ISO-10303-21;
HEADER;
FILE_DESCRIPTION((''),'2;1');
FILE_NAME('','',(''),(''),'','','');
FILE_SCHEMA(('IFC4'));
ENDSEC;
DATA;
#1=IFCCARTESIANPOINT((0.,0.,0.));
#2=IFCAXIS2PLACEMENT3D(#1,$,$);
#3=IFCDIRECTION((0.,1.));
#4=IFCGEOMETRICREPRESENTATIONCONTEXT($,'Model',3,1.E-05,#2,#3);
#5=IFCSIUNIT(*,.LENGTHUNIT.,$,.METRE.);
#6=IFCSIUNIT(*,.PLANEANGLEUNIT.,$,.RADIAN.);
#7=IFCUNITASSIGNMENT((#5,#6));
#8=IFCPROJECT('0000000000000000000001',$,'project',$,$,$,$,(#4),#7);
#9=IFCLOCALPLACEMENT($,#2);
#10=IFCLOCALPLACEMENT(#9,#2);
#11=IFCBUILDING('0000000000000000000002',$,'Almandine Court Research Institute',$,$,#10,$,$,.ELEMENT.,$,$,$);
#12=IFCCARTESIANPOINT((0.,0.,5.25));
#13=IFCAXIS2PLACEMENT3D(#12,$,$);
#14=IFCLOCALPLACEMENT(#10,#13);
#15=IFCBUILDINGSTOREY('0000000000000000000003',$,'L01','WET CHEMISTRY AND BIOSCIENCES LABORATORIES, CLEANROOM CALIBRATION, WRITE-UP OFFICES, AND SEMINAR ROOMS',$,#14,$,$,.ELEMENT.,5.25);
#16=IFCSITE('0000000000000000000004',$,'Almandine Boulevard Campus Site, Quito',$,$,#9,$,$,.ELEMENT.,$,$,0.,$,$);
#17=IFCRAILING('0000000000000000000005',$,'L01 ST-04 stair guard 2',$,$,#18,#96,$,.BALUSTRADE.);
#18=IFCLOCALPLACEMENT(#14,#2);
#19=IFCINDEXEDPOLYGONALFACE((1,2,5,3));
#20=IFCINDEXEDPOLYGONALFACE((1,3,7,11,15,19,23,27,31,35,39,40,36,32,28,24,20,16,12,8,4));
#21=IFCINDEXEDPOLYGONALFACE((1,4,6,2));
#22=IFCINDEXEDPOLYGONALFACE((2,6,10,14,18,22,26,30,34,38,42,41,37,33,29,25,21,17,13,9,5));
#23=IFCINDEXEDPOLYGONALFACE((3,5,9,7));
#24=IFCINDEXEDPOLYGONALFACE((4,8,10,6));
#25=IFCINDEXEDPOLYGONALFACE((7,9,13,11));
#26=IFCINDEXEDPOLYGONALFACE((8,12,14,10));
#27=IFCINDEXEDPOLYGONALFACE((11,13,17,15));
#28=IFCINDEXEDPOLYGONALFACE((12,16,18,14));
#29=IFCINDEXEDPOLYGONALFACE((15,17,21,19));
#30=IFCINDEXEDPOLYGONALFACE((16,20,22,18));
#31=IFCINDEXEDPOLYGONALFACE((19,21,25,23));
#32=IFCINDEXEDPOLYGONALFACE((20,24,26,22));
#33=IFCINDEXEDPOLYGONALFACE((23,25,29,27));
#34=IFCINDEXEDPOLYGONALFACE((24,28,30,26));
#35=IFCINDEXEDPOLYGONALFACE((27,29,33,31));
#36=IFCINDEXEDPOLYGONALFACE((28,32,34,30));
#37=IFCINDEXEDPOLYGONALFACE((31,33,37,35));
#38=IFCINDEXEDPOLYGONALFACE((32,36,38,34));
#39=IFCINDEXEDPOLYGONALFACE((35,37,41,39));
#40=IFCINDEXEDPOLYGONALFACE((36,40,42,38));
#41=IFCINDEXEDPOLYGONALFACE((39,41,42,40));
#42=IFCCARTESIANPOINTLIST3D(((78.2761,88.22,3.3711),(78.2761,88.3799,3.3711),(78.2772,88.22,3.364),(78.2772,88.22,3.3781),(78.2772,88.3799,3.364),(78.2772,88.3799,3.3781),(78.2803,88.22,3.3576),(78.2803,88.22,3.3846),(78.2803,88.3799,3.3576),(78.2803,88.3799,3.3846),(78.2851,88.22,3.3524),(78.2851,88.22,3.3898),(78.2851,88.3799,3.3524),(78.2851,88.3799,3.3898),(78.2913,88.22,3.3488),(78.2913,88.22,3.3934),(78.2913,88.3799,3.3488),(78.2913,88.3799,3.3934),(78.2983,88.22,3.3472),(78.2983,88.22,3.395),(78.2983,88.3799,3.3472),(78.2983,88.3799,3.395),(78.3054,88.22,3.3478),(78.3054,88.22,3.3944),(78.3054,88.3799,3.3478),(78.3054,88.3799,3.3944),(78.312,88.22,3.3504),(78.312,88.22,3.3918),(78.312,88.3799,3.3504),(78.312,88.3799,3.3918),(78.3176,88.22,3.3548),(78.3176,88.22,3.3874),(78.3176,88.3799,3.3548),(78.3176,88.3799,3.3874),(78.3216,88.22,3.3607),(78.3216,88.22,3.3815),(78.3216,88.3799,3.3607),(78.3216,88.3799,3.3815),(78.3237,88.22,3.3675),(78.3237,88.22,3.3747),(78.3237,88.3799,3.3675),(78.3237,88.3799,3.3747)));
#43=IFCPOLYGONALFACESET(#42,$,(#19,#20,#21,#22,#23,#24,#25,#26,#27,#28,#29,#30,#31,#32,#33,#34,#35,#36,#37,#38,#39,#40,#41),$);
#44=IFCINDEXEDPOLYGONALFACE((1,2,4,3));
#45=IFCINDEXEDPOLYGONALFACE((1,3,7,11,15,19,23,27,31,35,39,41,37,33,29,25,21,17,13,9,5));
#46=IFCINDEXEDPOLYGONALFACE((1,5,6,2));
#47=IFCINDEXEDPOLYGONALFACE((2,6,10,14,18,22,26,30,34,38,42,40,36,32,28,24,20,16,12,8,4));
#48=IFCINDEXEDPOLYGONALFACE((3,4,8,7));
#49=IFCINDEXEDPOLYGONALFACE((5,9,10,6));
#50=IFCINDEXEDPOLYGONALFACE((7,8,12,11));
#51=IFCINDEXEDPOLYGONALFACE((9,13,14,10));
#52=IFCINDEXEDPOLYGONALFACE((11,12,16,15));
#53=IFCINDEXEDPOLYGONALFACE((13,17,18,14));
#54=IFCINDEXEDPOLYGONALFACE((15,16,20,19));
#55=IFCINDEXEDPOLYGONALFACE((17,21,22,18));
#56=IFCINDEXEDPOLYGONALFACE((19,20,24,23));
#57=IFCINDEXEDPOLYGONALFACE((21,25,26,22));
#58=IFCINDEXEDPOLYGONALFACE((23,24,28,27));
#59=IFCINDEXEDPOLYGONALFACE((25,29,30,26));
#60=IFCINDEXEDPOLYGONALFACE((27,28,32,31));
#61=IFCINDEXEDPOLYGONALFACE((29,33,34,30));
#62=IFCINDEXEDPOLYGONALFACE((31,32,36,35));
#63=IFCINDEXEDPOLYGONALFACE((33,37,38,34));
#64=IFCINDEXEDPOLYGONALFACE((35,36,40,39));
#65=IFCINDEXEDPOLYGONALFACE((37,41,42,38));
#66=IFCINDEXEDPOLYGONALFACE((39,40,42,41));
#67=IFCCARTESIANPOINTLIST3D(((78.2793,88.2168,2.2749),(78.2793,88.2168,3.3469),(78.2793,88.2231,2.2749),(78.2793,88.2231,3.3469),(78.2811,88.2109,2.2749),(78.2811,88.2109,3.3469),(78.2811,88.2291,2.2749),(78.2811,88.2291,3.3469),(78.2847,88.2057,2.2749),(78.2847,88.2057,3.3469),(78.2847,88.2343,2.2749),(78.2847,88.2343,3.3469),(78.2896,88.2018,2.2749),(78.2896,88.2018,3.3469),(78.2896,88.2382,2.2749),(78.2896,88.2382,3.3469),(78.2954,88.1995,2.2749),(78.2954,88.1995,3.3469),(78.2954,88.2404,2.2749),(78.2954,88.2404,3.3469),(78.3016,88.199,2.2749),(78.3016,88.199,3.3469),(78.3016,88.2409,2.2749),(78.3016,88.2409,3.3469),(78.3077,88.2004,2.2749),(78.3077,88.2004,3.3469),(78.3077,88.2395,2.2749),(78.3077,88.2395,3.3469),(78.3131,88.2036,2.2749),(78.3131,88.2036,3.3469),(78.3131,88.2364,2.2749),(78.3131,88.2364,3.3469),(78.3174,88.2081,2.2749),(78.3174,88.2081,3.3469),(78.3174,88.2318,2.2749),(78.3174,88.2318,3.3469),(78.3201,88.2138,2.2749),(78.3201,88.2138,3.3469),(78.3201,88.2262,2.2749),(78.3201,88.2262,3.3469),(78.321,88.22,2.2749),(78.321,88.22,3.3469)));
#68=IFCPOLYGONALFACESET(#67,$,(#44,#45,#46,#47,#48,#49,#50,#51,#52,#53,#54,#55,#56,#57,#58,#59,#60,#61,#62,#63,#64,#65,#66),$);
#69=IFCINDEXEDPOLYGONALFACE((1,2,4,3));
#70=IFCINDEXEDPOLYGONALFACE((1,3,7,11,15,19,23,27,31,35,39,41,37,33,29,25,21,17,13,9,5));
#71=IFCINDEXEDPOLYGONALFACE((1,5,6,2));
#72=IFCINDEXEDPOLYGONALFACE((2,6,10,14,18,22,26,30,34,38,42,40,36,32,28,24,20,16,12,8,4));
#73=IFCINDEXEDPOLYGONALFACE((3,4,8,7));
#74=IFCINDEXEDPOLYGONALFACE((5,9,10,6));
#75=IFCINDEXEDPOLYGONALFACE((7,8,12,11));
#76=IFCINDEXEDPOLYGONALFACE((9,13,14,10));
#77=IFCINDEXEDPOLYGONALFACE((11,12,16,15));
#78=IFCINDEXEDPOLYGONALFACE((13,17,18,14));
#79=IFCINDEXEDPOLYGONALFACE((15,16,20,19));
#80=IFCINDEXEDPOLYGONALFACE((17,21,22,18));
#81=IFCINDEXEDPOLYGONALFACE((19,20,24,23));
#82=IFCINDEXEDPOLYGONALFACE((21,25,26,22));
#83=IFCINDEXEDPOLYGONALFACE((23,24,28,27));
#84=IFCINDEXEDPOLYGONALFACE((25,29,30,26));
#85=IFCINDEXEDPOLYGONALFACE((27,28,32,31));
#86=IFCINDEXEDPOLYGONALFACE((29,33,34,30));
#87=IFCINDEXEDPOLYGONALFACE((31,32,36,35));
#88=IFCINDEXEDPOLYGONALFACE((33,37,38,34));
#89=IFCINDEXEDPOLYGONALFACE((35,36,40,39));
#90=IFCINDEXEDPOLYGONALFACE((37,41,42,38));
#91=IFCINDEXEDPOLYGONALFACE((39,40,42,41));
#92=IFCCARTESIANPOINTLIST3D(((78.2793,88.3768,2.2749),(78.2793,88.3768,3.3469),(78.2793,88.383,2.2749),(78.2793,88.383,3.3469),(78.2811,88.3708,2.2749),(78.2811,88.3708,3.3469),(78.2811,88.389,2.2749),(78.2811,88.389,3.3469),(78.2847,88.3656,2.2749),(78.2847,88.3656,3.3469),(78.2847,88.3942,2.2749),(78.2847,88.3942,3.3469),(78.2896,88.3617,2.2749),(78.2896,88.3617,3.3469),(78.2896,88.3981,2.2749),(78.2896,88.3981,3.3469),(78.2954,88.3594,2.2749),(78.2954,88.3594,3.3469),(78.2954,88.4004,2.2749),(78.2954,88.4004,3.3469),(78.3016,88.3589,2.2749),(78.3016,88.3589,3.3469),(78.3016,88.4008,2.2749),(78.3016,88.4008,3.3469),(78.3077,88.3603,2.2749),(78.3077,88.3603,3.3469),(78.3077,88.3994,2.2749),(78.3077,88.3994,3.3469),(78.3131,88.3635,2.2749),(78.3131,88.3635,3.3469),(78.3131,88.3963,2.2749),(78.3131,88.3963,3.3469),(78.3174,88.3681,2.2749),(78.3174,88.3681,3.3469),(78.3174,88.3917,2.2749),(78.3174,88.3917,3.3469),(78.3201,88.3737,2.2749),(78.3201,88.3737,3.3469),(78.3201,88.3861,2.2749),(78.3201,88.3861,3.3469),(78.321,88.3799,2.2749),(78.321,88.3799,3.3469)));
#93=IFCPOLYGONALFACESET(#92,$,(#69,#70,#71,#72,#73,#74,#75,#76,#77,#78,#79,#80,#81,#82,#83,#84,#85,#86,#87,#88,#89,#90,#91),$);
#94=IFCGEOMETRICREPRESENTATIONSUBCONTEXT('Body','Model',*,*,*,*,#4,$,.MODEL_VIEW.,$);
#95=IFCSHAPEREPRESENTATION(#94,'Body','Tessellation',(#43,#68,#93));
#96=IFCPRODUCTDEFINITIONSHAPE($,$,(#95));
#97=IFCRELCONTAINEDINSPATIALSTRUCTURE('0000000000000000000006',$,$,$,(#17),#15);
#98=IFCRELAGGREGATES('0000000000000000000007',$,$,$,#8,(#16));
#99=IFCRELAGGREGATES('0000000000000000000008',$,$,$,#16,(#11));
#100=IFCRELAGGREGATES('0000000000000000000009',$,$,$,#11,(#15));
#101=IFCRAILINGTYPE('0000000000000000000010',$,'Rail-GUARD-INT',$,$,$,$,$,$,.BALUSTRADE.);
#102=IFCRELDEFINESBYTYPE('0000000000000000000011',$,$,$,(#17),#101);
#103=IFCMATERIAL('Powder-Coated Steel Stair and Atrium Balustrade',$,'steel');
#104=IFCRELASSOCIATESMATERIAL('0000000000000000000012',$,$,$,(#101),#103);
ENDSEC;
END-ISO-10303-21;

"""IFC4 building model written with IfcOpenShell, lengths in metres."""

from ifc_helpers import new_model, si_unit, direction, frame, origin, origin_2d, place, context, subcontext, project, spatial, circle, extrude, material, type_object, element, save


model = new_model("IFC4")

# Units and contexts
model_context = context("Model", 3, precision=1e-05, world=origin(), true_north=direction((0.0, 1.0)))
body_context = subcontext(model_context, "Body", "Model", "MODEL_VIEW")
ifc_project = project(units=[si_unit("LENGTHUNIT", "METRE"), si_unit("PLANEANGLEUNIT", "RADIAN")], contexts=[model_context])

# Site, building, storey
site_placement = place(None, origin())
site = spatial("IfcSite", under=ifc_project, at=site_placement, Name="Almandine Boulevard Campus Site, Quito", CompositionType="ELEMENT", RefElevation=0.0)
building_placement = place(site_placement, origin())
building = spatial("IfcBuilding", under=site, at=building_placement, Name="Almandine Court Research Institute", CompositionType="ELEMENT")
storey_placement = place(building_placement, frame((0.0, 0.0, 5.25)))
storey = spatial("IfcBuildingStorey", under=building, at=storey_placement, Name="L01", Description="WET CHEMISTRY AND BIOSCIENCES LABORATORIES, CLEANROOM CALIBRATION, WRITE-UP OFFICES, AND SEMINAR ROOMS", CompositionType="ELEMENT", Elevation=5.25)

# Railing
ifc_material_1 = material(Name="Powder-Coated Steel Stair and Atrium Balustrade", Category="steel")
railing_type_1 = type_object("IfcRailingType", Name="Rail-GUARD-INT", PredefinedType="BALUSTRADE", material=ifc_material_1)
railing_1_placement = place(storey_placement, frame((78.3, 88.22, 2.2749)))
element("IfcRailing", 1, at=railing_1_placement, inside=storey, type_object=railing_type_1, Name="L01 ST-04 stair guard 2", PredefinedType="BALUSTRADE", context=body_context, shape_type="SweptSolid", body=[
    extrude(circle(Radius=0.0239, at=origin_2d()), frame((0.0, 0.0, 1.0962), z_axis=(0.0, 1.0, 0.0), x_axis=(-1.0, 0.0, 0.0)), (0.0, 0.0, 1.0), 0.1599),
    extrude(circle(Radius=0.021, at=origin_2d()), origin(), (0.0, 0.0, 1.0), 1.072),
    extrude(circle(Radius=0.021, at=origin_2d()), frame((0.0, 0.1599, 0.0)), (0.0, 0.0, 1.0), 1.072),
])

save(model, "model.ifc")
